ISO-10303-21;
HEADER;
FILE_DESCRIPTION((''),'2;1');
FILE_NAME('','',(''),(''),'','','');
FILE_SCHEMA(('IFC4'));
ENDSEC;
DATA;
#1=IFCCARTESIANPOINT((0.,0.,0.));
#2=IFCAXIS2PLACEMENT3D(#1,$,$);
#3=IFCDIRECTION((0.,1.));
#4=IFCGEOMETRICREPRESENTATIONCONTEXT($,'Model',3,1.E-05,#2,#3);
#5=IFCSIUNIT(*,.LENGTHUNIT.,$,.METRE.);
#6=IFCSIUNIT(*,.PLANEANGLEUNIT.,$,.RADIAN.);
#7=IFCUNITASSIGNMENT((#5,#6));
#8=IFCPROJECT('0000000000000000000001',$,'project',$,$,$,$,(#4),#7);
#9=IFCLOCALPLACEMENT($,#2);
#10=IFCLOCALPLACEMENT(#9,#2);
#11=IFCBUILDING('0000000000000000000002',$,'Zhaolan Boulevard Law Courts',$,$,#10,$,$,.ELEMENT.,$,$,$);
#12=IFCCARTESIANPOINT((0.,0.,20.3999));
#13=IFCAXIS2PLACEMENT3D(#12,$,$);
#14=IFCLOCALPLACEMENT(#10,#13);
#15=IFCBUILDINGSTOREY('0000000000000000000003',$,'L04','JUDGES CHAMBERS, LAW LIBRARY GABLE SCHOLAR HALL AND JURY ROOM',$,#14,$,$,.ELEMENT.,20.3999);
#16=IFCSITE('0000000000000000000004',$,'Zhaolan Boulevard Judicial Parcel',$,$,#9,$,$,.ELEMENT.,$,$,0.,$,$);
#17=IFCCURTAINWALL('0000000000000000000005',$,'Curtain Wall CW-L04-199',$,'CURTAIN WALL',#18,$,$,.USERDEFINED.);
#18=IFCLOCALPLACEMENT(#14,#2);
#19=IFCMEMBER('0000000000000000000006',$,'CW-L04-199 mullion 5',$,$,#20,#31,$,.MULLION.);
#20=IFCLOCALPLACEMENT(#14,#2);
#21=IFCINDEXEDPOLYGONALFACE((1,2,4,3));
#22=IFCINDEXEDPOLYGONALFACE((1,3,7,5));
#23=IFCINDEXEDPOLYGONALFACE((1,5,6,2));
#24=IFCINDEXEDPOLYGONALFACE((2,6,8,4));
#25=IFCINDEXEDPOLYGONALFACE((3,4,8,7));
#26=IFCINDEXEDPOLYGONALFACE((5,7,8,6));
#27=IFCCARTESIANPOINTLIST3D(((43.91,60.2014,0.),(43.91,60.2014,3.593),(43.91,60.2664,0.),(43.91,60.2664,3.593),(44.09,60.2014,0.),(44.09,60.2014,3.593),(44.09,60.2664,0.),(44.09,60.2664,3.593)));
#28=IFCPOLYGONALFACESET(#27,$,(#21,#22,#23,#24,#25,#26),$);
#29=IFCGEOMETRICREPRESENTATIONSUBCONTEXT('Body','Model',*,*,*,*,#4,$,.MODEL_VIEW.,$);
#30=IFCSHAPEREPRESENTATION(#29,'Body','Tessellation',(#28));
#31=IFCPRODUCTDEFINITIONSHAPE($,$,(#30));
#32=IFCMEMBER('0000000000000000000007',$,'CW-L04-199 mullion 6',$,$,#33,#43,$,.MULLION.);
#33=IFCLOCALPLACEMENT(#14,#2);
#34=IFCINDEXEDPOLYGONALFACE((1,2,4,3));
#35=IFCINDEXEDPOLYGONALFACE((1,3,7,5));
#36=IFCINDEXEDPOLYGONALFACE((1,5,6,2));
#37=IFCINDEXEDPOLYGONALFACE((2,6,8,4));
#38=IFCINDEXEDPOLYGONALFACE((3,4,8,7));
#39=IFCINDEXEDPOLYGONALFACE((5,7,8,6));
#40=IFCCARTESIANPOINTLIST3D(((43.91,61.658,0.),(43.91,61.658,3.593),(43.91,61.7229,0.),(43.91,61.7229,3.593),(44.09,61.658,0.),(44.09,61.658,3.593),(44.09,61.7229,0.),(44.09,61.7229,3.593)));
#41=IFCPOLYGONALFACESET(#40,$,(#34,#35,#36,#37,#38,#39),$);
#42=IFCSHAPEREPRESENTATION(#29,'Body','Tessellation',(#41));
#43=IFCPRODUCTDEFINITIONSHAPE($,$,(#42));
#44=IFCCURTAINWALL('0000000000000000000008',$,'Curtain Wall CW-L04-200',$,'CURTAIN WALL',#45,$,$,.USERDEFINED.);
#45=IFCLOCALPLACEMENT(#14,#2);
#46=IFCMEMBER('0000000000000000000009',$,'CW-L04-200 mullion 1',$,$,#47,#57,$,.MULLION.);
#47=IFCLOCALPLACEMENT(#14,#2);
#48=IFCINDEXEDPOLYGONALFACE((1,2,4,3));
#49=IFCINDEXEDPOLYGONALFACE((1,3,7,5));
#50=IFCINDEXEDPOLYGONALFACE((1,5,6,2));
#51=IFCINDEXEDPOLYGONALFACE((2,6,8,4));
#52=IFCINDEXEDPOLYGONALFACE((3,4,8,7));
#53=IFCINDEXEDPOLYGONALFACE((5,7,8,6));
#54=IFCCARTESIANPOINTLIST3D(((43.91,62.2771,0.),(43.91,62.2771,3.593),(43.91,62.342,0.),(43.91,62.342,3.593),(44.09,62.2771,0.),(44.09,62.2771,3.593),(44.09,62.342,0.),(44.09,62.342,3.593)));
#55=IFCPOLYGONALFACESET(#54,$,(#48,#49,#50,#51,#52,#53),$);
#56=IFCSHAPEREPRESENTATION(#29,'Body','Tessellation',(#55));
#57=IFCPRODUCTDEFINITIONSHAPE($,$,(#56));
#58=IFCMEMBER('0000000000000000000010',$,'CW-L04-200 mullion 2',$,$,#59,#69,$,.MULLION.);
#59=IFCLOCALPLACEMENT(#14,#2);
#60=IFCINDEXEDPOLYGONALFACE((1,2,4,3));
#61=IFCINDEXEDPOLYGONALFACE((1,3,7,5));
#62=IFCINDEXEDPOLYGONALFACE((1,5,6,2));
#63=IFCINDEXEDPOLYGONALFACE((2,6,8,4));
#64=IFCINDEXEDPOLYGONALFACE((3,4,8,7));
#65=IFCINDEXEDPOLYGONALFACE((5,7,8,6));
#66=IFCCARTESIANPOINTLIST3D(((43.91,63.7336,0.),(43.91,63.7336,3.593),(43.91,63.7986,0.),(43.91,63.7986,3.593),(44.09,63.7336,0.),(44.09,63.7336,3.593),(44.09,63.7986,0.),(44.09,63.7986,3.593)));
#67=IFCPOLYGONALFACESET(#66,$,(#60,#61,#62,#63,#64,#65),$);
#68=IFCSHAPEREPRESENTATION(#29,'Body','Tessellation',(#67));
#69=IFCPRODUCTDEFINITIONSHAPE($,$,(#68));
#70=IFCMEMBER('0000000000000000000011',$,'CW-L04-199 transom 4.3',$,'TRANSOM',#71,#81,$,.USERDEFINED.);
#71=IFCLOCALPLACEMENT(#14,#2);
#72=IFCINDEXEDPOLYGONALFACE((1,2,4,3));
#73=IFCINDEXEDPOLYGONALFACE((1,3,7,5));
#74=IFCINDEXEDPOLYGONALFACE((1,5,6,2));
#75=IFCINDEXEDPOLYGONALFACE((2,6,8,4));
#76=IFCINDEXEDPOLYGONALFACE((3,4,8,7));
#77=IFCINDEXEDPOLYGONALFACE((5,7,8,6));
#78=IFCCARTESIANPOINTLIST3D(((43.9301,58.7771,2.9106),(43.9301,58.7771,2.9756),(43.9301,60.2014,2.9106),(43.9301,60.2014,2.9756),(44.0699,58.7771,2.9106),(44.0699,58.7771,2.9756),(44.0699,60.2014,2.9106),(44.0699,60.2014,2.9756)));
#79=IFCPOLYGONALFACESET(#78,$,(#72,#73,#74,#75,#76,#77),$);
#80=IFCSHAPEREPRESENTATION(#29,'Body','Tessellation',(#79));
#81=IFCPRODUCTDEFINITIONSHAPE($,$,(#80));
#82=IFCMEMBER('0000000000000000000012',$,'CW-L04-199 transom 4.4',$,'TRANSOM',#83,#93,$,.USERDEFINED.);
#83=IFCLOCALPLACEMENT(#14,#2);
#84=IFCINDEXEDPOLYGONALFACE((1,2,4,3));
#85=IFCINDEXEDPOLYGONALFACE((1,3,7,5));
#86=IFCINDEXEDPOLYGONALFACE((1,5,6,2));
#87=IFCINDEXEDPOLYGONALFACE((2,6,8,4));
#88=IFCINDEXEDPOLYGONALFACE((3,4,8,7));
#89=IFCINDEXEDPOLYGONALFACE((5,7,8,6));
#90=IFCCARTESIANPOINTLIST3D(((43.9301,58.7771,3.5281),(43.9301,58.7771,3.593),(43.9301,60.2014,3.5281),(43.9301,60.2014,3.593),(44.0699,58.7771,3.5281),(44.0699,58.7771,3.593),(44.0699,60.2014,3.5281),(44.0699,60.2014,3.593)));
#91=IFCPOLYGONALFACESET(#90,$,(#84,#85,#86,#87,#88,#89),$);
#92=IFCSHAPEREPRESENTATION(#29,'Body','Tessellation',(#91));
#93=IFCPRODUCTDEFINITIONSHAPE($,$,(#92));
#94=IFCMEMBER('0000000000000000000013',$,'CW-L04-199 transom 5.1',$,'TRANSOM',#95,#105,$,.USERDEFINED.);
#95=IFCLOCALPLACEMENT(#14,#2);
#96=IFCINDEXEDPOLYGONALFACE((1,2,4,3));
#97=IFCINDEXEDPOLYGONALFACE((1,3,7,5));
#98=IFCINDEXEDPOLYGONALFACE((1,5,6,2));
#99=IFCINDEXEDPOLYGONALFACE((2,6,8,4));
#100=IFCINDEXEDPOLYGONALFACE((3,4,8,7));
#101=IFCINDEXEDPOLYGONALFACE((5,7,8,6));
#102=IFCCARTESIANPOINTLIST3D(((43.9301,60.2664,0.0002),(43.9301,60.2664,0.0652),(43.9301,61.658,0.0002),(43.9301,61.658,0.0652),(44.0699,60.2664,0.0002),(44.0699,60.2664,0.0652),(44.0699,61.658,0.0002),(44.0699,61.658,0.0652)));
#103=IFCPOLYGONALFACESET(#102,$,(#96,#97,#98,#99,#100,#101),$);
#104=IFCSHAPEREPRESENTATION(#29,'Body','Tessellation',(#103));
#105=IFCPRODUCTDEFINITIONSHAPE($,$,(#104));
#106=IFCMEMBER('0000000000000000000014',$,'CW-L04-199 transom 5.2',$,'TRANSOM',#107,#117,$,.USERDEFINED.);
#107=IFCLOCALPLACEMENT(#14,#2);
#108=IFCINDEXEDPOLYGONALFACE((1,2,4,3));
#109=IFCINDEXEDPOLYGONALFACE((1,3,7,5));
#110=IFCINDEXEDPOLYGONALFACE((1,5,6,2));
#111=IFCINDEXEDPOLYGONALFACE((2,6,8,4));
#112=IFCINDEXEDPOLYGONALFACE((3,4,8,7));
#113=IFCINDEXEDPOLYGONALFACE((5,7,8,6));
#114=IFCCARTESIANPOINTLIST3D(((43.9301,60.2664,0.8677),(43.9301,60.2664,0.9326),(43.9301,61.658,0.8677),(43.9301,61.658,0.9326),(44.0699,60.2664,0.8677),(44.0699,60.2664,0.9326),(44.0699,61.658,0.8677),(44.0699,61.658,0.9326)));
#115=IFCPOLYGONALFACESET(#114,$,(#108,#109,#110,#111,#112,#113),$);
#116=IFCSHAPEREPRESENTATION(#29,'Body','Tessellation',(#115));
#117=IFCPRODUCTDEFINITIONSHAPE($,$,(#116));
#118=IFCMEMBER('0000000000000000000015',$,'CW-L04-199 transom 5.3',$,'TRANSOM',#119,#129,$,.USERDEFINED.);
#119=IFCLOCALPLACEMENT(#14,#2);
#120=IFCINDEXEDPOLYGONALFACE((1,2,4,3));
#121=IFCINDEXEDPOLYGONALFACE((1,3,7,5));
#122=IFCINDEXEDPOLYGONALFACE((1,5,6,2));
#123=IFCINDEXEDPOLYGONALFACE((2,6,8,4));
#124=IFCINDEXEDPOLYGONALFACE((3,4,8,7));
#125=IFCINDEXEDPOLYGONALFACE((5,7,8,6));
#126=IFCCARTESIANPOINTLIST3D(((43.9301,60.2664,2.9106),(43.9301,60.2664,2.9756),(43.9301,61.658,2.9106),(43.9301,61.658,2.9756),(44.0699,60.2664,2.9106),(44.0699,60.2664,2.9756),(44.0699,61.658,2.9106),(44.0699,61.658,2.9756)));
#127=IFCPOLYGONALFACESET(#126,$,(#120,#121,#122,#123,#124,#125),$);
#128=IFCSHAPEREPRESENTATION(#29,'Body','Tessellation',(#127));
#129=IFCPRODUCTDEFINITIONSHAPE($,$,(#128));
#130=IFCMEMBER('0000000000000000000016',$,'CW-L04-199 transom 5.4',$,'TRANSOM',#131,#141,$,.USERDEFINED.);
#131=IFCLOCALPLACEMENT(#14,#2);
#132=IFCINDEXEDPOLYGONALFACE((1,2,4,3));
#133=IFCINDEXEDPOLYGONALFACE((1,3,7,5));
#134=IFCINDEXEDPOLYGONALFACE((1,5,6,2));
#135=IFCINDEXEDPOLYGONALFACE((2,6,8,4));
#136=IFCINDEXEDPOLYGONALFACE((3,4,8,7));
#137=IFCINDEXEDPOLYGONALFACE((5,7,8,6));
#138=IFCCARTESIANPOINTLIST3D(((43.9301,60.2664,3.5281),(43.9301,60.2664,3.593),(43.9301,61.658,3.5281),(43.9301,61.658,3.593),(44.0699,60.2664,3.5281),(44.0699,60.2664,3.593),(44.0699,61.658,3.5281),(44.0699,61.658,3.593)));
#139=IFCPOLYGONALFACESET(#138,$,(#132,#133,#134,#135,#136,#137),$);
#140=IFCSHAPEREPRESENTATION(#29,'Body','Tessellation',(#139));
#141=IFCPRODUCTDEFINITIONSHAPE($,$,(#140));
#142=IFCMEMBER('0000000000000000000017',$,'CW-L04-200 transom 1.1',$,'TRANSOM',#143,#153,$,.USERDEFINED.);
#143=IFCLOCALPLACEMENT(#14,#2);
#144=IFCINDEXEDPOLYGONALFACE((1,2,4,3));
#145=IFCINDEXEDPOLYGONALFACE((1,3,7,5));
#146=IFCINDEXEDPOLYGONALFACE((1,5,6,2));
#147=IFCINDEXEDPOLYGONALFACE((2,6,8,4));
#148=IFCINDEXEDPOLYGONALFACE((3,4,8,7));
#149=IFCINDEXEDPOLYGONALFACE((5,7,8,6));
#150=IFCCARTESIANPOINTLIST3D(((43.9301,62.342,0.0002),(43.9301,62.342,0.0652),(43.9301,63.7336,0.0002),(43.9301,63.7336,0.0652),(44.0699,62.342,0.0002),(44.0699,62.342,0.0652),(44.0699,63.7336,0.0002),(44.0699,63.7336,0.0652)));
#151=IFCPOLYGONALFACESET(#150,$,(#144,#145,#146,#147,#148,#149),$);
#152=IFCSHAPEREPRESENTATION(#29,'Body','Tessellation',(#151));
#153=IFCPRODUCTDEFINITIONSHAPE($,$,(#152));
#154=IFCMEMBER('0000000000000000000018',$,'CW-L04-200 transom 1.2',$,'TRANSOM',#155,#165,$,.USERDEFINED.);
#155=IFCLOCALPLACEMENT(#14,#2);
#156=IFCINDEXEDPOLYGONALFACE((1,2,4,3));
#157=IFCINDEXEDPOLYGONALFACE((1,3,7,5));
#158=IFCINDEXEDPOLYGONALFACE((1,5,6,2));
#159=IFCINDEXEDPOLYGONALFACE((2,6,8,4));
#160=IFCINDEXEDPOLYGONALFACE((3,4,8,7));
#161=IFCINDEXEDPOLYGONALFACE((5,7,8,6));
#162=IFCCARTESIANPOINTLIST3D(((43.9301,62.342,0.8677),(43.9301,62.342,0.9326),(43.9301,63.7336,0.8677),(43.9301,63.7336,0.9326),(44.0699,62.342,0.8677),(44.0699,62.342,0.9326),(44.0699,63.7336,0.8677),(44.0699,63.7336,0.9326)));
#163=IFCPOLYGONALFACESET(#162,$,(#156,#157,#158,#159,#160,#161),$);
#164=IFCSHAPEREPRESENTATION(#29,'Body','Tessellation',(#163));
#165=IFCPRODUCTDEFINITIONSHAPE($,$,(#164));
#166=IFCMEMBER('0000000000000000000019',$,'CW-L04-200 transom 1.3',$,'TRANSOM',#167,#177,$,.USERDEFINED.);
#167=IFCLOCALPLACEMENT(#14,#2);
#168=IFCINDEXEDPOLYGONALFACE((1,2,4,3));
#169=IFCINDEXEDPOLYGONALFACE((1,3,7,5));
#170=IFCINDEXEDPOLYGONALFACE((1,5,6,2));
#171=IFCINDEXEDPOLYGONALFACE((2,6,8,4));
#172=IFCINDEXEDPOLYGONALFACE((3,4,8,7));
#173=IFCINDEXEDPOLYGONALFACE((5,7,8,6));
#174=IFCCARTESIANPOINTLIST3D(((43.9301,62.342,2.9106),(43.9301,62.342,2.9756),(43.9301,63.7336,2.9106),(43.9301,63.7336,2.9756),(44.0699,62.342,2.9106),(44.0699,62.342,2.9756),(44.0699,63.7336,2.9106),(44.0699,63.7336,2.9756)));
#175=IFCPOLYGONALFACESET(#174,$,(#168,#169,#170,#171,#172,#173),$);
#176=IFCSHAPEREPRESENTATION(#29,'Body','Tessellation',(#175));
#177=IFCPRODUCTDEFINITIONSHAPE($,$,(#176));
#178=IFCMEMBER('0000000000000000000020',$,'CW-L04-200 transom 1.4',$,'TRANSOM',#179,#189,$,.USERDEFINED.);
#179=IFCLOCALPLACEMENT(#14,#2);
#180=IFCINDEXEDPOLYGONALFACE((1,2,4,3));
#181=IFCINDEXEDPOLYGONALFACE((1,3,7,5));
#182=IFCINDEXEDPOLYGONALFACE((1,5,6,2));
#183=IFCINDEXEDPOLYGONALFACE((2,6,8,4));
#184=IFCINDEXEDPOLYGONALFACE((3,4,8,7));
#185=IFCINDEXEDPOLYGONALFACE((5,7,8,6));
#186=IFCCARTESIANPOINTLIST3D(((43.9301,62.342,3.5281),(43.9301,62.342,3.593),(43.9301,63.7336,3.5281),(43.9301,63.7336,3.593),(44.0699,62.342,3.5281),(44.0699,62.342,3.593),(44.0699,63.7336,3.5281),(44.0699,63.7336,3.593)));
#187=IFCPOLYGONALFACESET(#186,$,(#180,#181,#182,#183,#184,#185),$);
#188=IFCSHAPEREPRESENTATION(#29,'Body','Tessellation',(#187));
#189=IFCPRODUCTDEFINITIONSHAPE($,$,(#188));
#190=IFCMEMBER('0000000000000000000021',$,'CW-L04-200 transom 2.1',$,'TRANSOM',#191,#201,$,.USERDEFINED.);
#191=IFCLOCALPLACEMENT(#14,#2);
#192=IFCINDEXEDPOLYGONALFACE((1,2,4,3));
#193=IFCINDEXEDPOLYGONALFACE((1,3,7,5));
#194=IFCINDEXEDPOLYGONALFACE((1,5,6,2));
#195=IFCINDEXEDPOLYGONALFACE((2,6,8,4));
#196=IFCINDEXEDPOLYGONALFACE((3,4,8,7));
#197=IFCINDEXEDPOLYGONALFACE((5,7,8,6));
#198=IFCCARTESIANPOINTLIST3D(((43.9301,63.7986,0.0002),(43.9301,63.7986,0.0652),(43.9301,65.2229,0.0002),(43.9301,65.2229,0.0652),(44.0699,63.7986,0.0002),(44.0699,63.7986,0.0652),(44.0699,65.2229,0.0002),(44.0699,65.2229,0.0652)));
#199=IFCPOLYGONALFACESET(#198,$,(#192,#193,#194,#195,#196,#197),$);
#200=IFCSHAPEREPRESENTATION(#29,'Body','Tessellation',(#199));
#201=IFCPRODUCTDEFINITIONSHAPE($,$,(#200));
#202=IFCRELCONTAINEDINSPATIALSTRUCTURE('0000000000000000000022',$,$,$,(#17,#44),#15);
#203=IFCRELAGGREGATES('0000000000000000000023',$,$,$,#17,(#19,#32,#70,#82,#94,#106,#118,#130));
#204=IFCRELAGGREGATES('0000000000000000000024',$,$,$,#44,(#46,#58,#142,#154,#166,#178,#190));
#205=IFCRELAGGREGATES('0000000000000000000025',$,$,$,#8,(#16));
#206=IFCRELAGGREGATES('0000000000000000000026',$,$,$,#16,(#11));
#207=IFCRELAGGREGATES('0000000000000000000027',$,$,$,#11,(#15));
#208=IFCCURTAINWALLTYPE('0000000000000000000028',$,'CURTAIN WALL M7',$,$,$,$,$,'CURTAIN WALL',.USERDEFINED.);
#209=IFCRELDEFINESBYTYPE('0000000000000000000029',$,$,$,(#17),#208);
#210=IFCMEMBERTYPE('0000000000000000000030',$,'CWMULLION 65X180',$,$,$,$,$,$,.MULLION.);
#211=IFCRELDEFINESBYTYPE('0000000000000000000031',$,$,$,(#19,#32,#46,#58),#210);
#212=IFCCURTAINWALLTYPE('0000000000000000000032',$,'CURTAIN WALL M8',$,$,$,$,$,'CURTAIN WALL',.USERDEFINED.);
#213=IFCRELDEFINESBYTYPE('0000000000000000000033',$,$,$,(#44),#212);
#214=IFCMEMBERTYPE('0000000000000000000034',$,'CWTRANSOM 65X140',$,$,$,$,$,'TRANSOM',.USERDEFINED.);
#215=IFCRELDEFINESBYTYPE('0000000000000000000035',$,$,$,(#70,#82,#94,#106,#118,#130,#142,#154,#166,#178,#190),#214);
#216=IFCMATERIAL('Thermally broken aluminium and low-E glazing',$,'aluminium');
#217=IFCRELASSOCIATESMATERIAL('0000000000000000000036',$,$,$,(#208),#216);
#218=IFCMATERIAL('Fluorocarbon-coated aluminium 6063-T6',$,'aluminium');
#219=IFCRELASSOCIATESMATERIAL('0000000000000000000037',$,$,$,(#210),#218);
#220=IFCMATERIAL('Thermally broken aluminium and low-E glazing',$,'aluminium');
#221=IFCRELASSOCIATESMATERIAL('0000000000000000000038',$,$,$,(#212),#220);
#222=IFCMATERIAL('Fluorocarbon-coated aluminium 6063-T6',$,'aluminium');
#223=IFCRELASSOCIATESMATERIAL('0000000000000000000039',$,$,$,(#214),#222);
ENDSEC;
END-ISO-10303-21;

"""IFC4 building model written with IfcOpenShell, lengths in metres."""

from ifc_helpers import new_model, si_unit, direction, frame, origin, origin_2d, place, context, subcontext, project, spatial, rectangle, extrude, material, material_profile, profile_set, type_object, element, aggregate, save


model = new_model("IFC4")

# Units and contexts
model_context = context("Model", 3, precision=1e-05, world=origin(), true_north=direction((0.0, 1.0)))
body_context = subcontext(model_context, "Body", "Model", "MODEL_VIEW")
ifc_project = project(units=[si_unit("LENGTHUNIT", "METRE"), si_unit("PLANEANGLEUNIT", "RADIAN")], contexts=[model_context])

# Site, building, storey
site_placement = place(None, origin())
site = spatial("IfcSite", under=ifc_project, at=site_placement, Name="Zhaolan Boulevard Judicial Parcel", CompositionType="ELEMENT", RefElevation=0.0)
building_placement = place(site_placement, origin())
building = spatial("IfcBuilding", under=site, at=building_placement, Name="Zhaolan Boulevard Law Courts", CompositionType="ELEMENT")
storey_placement = place(building_placement, frame((0.0, 0.0, 20.3999)))
storey = spatial("IfcBuildingStorey", under=building, at=storey_placement, Name="L04", Description="JUDGES CHAMBERS, LAW LIBRARY GABLE SCHOLAR HALL AND JURY ROOM", CompositionType="ELEMENT", Elevation=20.3999)

# Curtain walls, members
ifc_material_1 = material(Name="Thermally broken aluminium and low-E glazing", Category="aluminium")
curtain_wall_type_1 = type_object("IfcCurtainWallType", Name="CURTAIN WALL M7", ElementType="CURTAIN WALL", PredefinedType="USERDEFINED", material=ifc_material_1)
curtain_wall_1_placement = place(storey_placement, origin())
curtain_wall_1 = element("IfcCurtainWall", 1, at=curtain_wall_1_placement, inside=storey, type_object=curtain_wall_type_1, Name="Curtain Wall CW-L04-199", ObjectType="CURTAIN WALL", PredefinedType="USERDEFINED")
ifc_material_2 = material(Name="Fluorocarbon-coated aluminium 6063-T6", Category="aluminium")
ifc_material_profile_1 = material_profile(ifc_material_2, rectangle(XDim=0.1799, YDim=0.0649, at=origin_2d()), Name="AL65x180")
ifc_profile_set_1 = profile_set([ifc_material_profile_1], Name="Fluorocarbon-coated aluminium 6063-T6")
member_type_1 = type_object("IfcMemberType", Name="CWMULLION 65X180", PredefinedType="MULLION", material=ifc_profile_set_1)
member_1_placement = place(storey_placement, frame((44.0, 60.2339, 0.0), z_axis=(0.0, 0.0, 1.0), x_axis=(-1.0, 0.0, 0.0)))
member_1 = element("IfcMember", 2, at=member_1_placement, type_object=member_type_1, Name="CW-L04-199 mullion 5", PredefinedType="MULLION", context=body_context, shape_type="SweptSolid", body=[
    extrude(rectangle(XDim=0.1799, YDim=0.0649, at=origin_2d()), origin(), (0.0, 0.0, 1.0), 3.593),
])
member_2_placement = place(storey_placement, frame((44.0, 61.6904, 0.0), z_axis=(0.0, 0.0, 1.0), x_axis=(-1.0, 0.0, 0.0)))
member_2 = element("IfcMember", 3, at=member_2_placement, type_object=member_type_1, Name="CW-L04-199 mullion 6", PredefinedType="MULLION", context=body_context, shape_type="SweptSolid", body=[
    extrude(rectangle(XDim=0.1799, YDim=0.0649, at=origin_2d()), origin(), (0.0, 0.0, 1.0), 3.593),
])
ifc_material_3 = material(Name="Thermally broken aluminium and low-E glazing", Category="aluminium")
curtain_wall_type_2 = type_object("IfcCurtainWallType", Name="CURTAIN WALL M8", ElementType="CURTAIN WALL", PredefinedType="USERDEFINED", material=ifc_material_3)
curtain_wall_2_placement = place(storey_placement, origin())
curtain_wall_2 = element("IfcCurtainWall", 4, at=curtain_wall_2_placement, inside=storey, type_object=curtain_wall_type_2, Name="Curtain Wall CW-L04-200", ObjectType="CURTAIN WALL", PredefinedType="USERDEFINED")
member_3_placement = place(storey_placement, frame((44.0, 62.3096, 0.0), z_axis=(0.0, 0.0, 1.0), x_axis=(-1.0, 0.0, 0.0)))
member_3 = element("IfcMember", 5, at=member_3_placement, type_object=member_type_1, Name="CW-L04-200 mullion 1", PredefinedType="MULLION", context=body_context, shape_type="SweptSolid", body=[
    extrude(rectangle(XDim=0.1799, YDim=0.0649, at=origin_2d()), origin(), (0.0, 0.0, 1.0), 3.593),
])
member_4_placement = place(storey_placement, frame((44.0, 63.7661, 0.0), z_axis=(0.0, 0.0, 1.0), x_axis=(-1.0, 0.0, 0.0)))
member_4 = element("IfcMember", 6, at=member_4_placement, type_object=member_type_1, Name="CW-L04-200 mullion 2", PredefinedType="MULLION", context=body_context, shape_type="SweptSolid", body=[
    extrude(rectangle(XDim=0.1799, YDim=0.0649, at=origin_2d()), origin(), (0.0, 0.0, 1.0), 3.593),
])

# Members
ifc_material_4 = material(Name="Fluorocarbon-coated aluminium 6063-T6", Category="aluminium")
ifc_material_profile_2 = material_profile(ifc_material_4, rectangle(XDim=0.1399, YDim=0.0649, at=origin_2d()), Name="AL65x140")
ifc_profile_set_2 = profile_set([ifc_material_profile_2], Name="Fluorocarbon-coated aluminium 6063-T6")
member_type_2 = type_object("IfcMemberType", Name="CWTRANSOM 65X140", ElementType="TRANSOM", PredefinedType="USERDEFINED", material=ifc_profile_set_2)
member_5_placement = place(storey_placement, frame((44.0, 58.7771, 2.9431), z_axis=(0.0, 1.0, 0.0), x_axis=(-1.0, 0.0, 0.0)))
member_5 = element("IfcMember", 7, at=member_5_placement, type_object=member_type_2, Name="CW-L04-199 transom 4.3", ObjectType="TRANSOM", PredefinedType="USERDEFINED", context=body_context, shape_type="SweptSolid", body=[
    extrude(rectangle(XDim=0.1399, YDim=0.0649, at=origin_2d()), origin(), (0.0, 0.0, 1.0), 1.4243),
])
member_6_placement = place(storey_placement, frame((44.0, 58.7771, 3.5605), z_axis=(0.0, 1.0, 0.0), x_axis=(-1.0, 0.0, 0.0)))
member_6 = element("IfcMember", 8, at=member_6_placement, type_object=member_type_2, Name="CW-L04-199 transom 4.4", ObjectType="TRANSOM", PredefinedType="USERDEFINED", context=body_context, shape_type="SweptSolid", body=[
    extrude(rectangle(XDim=0.1399, YDim=0.0649, at=origin_2d()), origin(), (0.0, 0.0, 1.0), 1.4243),
])
member_7_placement = place(storey_placement, frame((44.0, 60.2664, 0.0327), z_axis=(0.0, 1.0, 0.0), x_axis=(-1.0, 0.0, 0.0)))
member_7 = element("IfcMember", 9, at=member_7_placement, type_object=member_type_2, Name="CW-L04-199 transom 5.1", ObjectType="TRANSOM", PredefinedType="USERDEFINED", context=body_context, shape_type="SweptSolid", body=[
    extrude(rectangle(XDim=0.1399, YDim=0.0649, at=origin_2d()), origin(), (0.0, 0.0, 1.0), 1.3916),
])
member_8_placement = place(storey_placement, frame((44.0, 60.2664, 0.9001), z_axis=(0.0, 1.0, 0.0), x_axis=(-1.0, 0.0, 0.0)))
member_8 = element("IfcMember", 10, at=member_8_placement, type_object=member_type_2, Name="CW-L04-199 transom 5.2", ObjectType="TRANSOM", PredefinedType="USERDEFINED", context=body_context, shape_type="SweptSolid", body=[
    extrude(rectangle(XDim=0.1399, YDim=0.0649, at=origin_2d()), origin(), (0.0, 0.0, 1.0), 1.3916),
])
member_9_placement = place(storey_placement, frame((44.0, 60.2664, 2.9431), z_axis=(0.0, 1.0, 0.0), x_axis=(-1.0, 0.0, 0.0)))
member_9 = element("IfcMember", 11, at=member_9_placement, type_object=member_type_2, Name="CW-L04-199 transom 5.3", ObjectType="TRANSOM", PredefinedType="USERDEFINED", context=body_context, shape_type="SweptSolid", body=[
    extrude(rectangle(XDim=0.1399, YDim=0.0649, at=origin_2d()), origin(), (0.0, 0.0, 1.0), 1.3916),
])
member_10_placement = place(storey_placement, frame((44.0, 60.2664, 3.5605), z_axis=(0.0, 1.0, 0.0), x_axis=(-1.0, 0.0, 0.0)))
member_10 = element("IfcMember", 12, at=member_10_placement, type_object=member_type_2, Name="CW-L04-199 transom 5.4", ObjectType="TRANSOM", PredefinedType="USERDEFINED", context=body_context, shape_type="SweptSolid", body=[
    extrude(rectangle(XDim=0.1399, YDim=0.0649, at=origin_2d()), origin(), (0.0, 0.0, 1.0), 1.3916),
])
member_11_placement = place(storey_placement, frame((44.0, 62.342, 0.0327), z_axis=(0.0, 1.0, 0.0), x_axis=(-1.0, 0.0, 0.0)))
member_11 = element("IfcMember", 13, at=member_11_placement, type_object=member_type_2, Name="CW-L04-200 transom 1.1", ObjectType="TRANSOM", PredefinedType="USERDEFINED", context=body_context, shape_type="SweptSolid", body=[
    extrude(rectangle(XDim=0.1399, YDim=0.0649, at=origin_2d()), origin(), (0.0, 0.0, 1.0), 1.3916),
])
member_12_placement = place(storey_placement, frame((44.0, 62.342, 0.9001), z_axis=(0.0, 1.0, 0.0), x_axis=(-1.0, 0.0, 0.0)))
member_12 = element("IfcMember", 14, at=member_12_placement, type_object=member_type_2, Name="CW-L04-200 transom 1.2", ObjectType="TRANSOM", PredefinedType="USERDEFINED", context=body_context, shape_type="SweptSolid", body=[
    extrude(rectangle(XDim=0.1399, YDim=0.0649, at=origin_2d()), origin(), (0.0, 0.0, 1.0), 1.3916),
])
member_13_placement = place(storey_placement, frame((44.0, 62.342, 2.9431), z_axis=(0.0, 1.0, 0.0), x_axis=(-1.0, 0.0, 0.0)))
member_13 = element("IfcMember", 15, at=member_13_placement, type_object=member_type_2, Name="CW-L04-200 transom 1.3", ObjectType="TRANSOM", PredefinedType="USERDEFINED", context=body_context, shape_type="SweptSolid", body=[
    extrude(rectangle(XDim=0.1399, YDim=0.0649, at=origin_2d()), origin(), (0.0, 0.0, 1.0), 1.3916),
])
member_14_placement = place(storey_placement, frame((44.0, 62.342, 3.5605), z_axis=(0.0, 1.0, 0.0), x_axis=(-1.0, 0.0, 0.0)))
member_14 = element("IfcMember", 16, at=member_14_placement, type_object=member_type_2, Name="CW-L04-200 transom 1.4", ObjectType="TRANSOM", PredefinedType="USERDEFINED", context=body_context, shape_type="SweptSolid", body=[
    extrude(rectangle(XDim=0.1399, YDim=0.0649, at=origin_2d()), origin(), (0.0, 0.0, 1.0), 1.3916),
])
member_15_placement = place(storey_placement, frame((44.0, 63.7986, 0.0327), z_axis=(0.0, 1.0, 0.0), x_axis=(-1.0, 0.0, 0.0)))
member_15 = element("IfcMember", 17, at=member_15_placement, type_object=member_type_2, Name="CW-L04-200 transom 2.1", ObjectType="TRANSOM", PredefinedType="USERDEFINED", context=body_context, shape_type="SweptSolid", body=[
    extrude(rectangle(XDim=0.1399, YDim=0.0649, at=origin_2d()), origin(), (0.0, 0.0, 1.0), 1.4243),
])

aggregate(curtain_wall_1, [member_1, member_2, member_5, member_6, member_7, member_8, member_9, member_10])
aggregate(curtain_wall_2, [member_3, member_4, member_11, member_12, member_13, member_14, member_15])

save(model, "model.ifc")
